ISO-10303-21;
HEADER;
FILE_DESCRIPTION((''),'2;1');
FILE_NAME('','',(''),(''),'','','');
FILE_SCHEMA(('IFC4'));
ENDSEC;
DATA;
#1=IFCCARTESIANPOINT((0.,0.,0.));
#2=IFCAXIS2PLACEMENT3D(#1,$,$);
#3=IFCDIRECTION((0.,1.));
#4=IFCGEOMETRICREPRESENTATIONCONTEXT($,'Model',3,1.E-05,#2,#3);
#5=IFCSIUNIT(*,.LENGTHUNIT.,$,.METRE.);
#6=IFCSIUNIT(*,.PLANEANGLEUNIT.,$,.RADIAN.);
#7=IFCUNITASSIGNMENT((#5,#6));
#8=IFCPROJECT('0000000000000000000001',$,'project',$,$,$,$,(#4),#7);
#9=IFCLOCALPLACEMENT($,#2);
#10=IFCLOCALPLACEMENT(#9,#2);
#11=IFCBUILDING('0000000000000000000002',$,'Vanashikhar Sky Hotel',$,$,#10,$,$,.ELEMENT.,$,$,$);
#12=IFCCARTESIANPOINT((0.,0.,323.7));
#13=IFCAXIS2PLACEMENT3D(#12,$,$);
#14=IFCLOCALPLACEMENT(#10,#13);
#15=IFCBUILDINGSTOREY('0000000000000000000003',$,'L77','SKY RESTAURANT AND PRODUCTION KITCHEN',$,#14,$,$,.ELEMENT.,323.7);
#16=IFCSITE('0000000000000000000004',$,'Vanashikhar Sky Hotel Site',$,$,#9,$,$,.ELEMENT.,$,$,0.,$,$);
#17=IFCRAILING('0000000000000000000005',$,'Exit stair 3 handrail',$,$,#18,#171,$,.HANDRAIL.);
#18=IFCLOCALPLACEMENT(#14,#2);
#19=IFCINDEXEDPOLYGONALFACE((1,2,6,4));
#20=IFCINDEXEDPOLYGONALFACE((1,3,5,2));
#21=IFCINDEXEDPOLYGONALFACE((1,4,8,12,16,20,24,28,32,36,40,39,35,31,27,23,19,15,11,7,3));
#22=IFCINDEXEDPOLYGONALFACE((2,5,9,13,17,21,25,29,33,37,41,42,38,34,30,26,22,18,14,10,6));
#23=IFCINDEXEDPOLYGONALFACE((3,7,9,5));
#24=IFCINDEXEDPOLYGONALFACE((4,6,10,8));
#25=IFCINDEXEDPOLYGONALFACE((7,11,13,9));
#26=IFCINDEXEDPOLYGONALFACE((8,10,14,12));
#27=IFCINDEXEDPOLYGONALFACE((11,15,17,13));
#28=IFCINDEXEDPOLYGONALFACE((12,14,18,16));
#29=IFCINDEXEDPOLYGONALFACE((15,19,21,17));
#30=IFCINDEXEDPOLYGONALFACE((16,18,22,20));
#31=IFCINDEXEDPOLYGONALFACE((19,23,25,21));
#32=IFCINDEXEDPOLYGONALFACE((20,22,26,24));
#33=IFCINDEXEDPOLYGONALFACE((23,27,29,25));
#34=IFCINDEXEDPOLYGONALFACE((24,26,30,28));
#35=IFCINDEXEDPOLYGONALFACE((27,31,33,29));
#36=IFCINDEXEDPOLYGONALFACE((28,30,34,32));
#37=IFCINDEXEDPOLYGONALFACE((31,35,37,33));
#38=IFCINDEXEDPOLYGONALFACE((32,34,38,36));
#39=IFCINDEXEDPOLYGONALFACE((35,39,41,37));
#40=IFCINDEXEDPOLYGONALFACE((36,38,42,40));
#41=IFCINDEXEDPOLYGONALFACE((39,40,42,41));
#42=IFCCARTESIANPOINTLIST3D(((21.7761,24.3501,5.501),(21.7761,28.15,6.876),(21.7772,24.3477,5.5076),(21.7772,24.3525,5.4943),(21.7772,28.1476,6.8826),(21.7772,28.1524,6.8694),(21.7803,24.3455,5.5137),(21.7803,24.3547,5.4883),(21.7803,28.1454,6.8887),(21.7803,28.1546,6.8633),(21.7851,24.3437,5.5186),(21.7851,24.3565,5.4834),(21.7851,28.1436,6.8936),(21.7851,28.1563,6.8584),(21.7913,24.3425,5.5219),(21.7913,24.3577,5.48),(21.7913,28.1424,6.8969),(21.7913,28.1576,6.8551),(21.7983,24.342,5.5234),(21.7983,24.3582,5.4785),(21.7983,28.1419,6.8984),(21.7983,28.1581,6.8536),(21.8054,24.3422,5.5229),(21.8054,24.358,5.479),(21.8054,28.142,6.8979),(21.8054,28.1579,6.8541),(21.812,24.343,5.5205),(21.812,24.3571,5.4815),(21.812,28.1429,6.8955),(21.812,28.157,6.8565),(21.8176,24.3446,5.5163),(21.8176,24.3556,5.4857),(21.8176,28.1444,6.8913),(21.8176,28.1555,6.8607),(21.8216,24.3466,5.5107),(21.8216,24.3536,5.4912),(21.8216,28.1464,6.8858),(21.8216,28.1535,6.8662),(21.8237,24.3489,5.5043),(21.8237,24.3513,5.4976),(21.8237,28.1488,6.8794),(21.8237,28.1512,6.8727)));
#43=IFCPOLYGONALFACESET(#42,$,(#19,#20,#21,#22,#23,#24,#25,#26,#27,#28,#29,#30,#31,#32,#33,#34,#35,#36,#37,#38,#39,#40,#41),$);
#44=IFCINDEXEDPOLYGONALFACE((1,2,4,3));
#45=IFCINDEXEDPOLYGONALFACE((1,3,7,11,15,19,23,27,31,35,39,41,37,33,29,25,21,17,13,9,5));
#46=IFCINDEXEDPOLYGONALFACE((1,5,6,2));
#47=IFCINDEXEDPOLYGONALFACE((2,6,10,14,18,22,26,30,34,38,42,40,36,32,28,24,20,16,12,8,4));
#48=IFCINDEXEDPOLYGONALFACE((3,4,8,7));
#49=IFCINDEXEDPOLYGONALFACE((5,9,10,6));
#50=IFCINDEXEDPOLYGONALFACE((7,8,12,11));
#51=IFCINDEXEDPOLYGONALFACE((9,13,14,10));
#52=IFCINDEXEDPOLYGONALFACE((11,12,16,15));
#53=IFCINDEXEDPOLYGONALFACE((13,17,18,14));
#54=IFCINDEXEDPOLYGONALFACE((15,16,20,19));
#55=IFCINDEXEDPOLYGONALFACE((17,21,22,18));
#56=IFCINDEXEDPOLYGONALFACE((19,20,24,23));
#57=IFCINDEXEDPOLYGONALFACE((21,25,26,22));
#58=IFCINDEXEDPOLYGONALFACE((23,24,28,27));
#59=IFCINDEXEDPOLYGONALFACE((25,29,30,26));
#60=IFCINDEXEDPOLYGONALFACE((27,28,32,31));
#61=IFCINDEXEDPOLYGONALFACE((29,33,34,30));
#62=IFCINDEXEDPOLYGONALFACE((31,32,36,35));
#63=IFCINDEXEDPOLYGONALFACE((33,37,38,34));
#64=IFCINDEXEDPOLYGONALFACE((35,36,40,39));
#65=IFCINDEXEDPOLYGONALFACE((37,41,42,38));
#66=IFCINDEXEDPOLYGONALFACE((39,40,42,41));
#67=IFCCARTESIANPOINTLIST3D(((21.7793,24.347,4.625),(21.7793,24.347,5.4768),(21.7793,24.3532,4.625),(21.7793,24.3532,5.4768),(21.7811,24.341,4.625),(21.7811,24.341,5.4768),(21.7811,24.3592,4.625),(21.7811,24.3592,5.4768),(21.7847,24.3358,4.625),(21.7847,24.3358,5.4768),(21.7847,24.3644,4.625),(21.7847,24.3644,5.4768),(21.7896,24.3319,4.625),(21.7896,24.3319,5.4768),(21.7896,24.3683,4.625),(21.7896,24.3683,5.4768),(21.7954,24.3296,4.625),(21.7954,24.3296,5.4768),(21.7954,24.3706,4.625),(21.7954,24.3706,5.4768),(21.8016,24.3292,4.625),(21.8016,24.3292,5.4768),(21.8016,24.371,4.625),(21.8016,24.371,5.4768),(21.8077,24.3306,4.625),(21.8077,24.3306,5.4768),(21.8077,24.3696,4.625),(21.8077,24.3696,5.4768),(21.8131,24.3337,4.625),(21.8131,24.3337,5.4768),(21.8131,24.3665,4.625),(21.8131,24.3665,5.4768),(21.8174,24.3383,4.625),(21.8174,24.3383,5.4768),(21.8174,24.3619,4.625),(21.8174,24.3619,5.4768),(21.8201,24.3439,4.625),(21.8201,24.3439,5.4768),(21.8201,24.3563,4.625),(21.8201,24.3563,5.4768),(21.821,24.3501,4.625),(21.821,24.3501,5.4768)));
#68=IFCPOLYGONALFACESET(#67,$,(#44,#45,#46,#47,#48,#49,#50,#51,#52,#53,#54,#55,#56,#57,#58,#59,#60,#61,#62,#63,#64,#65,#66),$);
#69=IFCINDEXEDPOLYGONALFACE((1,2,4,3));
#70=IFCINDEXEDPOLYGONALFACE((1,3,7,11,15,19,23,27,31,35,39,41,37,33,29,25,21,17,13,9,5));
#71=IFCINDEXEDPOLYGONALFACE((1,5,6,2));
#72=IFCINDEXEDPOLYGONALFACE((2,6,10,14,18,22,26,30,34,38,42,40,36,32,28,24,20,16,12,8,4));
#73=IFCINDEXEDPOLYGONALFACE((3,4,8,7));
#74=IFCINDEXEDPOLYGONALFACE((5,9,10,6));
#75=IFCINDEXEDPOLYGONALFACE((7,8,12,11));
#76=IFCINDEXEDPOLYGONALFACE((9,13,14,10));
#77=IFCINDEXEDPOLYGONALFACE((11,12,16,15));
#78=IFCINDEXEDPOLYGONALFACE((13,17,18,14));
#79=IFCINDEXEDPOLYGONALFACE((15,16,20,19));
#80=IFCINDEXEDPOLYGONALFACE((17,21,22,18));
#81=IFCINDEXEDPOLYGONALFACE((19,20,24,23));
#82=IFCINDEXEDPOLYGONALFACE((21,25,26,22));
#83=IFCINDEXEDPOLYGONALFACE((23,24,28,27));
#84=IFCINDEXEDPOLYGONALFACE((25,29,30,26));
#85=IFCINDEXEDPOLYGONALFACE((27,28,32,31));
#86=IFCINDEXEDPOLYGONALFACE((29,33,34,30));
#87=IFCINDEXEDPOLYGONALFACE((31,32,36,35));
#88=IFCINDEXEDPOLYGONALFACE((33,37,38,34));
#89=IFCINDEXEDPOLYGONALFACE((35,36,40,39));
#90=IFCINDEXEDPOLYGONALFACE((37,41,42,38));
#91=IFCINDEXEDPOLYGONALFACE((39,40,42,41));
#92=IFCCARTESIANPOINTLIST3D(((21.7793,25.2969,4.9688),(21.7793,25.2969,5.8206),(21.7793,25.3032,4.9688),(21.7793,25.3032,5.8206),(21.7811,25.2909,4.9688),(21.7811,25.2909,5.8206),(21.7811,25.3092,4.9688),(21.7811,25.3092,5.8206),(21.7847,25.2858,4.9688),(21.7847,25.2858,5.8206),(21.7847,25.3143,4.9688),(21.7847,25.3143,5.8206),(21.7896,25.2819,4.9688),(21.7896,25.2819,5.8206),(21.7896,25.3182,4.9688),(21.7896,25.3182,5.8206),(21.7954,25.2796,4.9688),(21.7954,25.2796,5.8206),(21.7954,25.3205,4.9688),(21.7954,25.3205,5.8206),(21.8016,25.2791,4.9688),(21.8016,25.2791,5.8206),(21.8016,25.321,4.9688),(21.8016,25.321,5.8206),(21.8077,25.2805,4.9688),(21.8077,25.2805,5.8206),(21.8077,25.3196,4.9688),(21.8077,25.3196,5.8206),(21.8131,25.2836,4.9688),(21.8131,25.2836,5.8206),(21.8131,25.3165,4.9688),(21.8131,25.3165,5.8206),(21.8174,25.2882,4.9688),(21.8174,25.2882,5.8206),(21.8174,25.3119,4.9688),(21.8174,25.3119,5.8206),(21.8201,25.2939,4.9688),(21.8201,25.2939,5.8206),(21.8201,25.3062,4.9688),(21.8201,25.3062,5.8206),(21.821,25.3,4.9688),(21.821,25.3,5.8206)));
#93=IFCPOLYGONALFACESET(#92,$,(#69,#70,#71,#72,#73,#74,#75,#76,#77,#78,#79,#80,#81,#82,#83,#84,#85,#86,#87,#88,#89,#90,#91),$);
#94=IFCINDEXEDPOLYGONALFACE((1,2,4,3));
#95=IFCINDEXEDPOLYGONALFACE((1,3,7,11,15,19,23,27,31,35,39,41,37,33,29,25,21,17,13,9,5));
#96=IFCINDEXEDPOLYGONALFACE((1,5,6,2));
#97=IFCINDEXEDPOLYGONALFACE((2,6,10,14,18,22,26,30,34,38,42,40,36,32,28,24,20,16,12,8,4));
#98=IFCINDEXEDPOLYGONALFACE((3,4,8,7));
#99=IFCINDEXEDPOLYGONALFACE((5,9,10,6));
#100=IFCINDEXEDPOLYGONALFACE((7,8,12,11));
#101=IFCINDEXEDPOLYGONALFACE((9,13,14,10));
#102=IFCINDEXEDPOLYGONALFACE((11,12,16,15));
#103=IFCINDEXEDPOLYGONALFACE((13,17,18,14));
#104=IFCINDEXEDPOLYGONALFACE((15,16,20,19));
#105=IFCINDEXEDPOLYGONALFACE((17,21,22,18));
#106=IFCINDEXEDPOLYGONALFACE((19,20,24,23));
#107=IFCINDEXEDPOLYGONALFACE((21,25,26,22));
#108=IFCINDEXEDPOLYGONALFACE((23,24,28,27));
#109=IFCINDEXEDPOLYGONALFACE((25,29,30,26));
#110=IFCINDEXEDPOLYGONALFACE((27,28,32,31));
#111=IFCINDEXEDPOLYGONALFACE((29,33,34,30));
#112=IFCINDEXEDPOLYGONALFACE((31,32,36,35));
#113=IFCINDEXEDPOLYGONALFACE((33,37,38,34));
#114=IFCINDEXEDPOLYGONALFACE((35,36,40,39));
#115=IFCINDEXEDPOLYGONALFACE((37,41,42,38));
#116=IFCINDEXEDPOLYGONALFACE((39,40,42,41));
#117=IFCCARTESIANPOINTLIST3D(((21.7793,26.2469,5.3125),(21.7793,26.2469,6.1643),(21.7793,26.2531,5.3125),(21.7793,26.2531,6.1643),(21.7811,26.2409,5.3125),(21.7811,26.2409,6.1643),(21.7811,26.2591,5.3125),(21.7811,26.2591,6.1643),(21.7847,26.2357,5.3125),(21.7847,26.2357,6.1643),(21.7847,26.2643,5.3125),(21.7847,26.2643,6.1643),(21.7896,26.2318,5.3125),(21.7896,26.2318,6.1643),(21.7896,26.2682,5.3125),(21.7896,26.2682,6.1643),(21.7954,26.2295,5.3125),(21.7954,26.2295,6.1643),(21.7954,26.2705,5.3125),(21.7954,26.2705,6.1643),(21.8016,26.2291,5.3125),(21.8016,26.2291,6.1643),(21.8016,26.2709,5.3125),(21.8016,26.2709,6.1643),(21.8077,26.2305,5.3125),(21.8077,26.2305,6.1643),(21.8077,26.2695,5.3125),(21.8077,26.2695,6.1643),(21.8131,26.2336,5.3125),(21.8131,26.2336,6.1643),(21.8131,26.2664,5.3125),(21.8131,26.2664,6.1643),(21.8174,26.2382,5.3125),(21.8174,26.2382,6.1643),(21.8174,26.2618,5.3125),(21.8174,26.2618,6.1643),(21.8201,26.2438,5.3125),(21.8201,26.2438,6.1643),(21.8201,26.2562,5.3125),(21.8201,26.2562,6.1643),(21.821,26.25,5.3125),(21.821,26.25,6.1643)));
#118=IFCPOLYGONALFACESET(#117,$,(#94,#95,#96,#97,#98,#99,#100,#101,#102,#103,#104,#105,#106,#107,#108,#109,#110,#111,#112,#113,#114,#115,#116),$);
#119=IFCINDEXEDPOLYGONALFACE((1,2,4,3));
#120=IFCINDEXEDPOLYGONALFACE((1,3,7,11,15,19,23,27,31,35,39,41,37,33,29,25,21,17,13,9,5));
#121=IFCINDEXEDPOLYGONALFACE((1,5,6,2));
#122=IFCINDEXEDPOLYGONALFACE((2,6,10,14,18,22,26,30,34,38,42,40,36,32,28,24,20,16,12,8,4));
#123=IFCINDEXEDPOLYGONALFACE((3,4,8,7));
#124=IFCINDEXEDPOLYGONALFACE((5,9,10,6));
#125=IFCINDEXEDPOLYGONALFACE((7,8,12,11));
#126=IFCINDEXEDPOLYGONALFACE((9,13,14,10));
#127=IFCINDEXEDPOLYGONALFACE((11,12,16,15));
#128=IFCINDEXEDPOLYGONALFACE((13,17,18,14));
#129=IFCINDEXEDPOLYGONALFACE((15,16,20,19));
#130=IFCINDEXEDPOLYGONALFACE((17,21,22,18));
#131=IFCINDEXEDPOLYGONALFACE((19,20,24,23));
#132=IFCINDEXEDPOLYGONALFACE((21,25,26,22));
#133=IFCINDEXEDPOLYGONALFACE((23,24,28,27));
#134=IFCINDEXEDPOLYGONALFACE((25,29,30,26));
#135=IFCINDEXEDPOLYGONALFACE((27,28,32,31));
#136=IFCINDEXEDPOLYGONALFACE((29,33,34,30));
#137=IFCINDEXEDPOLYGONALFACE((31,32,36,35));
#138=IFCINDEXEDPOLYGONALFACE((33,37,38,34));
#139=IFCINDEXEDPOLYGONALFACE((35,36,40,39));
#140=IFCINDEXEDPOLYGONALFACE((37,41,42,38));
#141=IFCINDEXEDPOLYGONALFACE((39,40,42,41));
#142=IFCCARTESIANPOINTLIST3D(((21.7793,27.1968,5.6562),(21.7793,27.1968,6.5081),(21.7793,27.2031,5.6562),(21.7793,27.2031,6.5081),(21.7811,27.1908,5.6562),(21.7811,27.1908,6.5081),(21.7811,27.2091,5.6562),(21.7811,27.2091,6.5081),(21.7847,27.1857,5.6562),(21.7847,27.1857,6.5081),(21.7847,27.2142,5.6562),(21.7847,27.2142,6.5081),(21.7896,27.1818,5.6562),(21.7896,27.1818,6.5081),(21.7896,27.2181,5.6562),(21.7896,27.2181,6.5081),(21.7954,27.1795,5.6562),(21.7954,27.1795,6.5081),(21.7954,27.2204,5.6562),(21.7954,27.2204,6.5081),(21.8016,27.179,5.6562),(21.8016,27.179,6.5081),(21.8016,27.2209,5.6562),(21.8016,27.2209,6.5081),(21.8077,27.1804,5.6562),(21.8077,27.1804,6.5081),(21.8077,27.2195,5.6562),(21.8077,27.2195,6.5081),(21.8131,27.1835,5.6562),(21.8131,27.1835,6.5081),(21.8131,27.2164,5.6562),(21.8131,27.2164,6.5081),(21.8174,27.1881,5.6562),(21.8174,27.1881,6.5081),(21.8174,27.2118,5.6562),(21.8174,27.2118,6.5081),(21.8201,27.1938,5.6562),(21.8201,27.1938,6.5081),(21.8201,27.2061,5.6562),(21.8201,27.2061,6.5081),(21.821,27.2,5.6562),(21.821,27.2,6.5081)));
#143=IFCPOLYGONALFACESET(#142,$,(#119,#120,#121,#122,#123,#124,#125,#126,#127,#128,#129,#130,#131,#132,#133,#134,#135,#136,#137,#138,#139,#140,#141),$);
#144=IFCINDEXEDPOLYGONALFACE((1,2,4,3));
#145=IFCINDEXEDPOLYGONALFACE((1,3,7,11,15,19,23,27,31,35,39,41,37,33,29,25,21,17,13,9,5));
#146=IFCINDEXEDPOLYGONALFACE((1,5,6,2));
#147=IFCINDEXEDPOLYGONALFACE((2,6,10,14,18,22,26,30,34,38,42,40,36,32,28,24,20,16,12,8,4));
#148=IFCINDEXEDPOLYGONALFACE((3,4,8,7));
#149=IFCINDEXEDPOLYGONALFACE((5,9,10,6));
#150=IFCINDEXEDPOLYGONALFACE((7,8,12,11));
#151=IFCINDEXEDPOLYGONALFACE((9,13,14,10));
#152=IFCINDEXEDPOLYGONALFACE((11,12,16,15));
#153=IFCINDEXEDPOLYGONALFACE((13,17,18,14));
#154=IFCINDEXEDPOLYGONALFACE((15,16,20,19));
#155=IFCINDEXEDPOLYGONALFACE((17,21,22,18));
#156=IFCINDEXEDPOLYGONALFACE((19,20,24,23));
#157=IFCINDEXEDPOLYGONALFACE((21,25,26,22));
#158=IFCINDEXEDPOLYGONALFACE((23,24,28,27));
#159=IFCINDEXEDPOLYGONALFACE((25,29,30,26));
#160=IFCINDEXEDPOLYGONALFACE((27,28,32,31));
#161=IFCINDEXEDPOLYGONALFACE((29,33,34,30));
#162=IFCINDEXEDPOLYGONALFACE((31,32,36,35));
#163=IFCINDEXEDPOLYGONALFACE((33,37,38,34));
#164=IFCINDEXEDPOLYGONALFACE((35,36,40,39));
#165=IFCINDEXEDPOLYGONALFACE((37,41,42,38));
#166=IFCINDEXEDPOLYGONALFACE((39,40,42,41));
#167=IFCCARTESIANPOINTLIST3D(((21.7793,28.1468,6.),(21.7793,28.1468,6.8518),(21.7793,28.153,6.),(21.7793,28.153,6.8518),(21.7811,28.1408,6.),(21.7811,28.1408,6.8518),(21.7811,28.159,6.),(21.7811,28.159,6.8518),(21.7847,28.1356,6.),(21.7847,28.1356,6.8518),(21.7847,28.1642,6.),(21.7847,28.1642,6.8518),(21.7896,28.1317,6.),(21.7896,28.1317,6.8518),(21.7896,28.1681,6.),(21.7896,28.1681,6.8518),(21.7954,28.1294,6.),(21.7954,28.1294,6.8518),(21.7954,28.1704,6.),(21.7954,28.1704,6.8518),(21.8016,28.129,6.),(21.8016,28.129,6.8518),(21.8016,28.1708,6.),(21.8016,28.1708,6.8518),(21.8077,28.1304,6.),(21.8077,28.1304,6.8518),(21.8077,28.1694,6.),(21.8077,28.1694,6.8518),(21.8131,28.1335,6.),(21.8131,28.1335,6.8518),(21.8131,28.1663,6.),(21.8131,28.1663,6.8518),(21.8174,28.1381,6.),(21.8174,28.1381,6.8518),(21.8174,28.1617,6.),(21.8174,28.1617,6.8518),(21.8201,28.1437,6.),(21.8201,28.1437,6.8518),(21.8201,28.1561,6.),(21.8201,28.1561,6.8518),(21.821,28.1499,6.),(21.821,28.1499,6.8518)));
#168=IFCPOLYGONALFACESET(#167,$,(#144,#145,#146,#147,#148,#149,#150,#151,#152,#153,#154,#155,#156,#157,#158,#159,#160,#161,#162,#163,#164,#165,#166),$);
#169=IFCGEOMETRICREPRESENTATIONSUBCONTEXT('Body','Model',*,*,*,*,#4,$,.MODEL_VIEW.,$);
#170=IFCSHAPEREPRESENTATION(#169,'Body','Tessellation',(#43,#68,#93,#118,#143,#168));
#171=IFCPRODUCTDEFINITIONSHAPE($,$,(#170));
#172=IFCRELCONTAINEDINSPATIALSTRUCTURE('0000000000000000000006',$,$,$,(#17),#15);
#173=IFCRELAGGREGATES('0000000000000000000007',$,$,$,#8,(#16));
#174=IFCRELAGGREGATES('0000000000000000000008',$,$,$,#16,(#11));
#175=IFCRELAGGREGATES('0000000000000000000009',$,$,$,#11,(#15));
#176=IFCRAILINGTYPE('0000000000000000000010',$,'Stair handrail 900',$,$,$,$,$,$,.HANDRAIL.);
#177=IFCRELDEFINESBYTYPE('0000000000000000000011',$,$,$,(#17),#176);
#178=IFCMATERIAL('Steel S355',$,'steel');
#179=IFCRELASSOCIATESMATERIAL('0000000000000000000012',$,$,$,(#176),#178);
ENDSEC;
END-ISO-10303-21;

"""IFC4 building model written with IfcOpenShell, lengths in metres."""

from ifc_helpers import new_model, si_unit, direction, frame, origin, origin_2d, place, context, subcontext, project, spatial, circle, extrude, source, transform, mapped, material, type_object, element, save


model = new_model("IFC4")

# Units and contexts
model_context = context("Model", 3, precision=1e-05, world=origin(), true_north=direction((0.0, 1.0)))
body_context = subcontext(model_context, "Body", "Model", "MODEL_VIEW")
ifc_project = project(units=[si_unit("LENGTHUNIT", "METRE"), si_unit("PLANEANGLEUNIT", "RADIAN")], contexts=[model_context])

# Site, building, storey
site_placement = place(None, origin())
site = spatial("IfcSite", under=ifc_project, at=site_placement, Name="Vanashikhar Sky Hotel Site", CompositionType="ELEMENT", RefElevation=0.0)
building_placement = place(site_placement, origin())
building = spatial("IfcBuilding", under=site, at=building_placement, Name="Vanashikhar Sky Hotel", CompositionType="ELEMENT")
storey_placement = place(building_placement, frame((0.0, 0.0, 323.7)))
storey = spatial("IfcBuildingStorey", under=building, at=storey_placement, Name="L77", Description="SKY RESTAURANT AND PRODUCTION KITCHEN", CompositionType="ELEMENT", Elevation=323.7)

# Railing
ifc_material_1 = material(Name="Steel S355", Category="steel")
railing_type = type_object("IfcRailingType", Name="Stair handrail 900", PredefinedType="HANDRAIL", material=ifc_material_1)
shared_shape_1 = source(origin(), body_context, "Body", "SweptSolid", [
    extrude(circle(Radius=0.0239, at=origin_2d()), frame((0.0, 0.0, 0.876), z_axis=(0.0, 0.940329, 0.340268), x_axis=(-1.0, 0.0, 0.0)), (0.0, 0.0, 1.0), 4.041),
    extrude(circle(Radius=0.021, at=origin_2d()), origin(), (0.0, 0.0, 1.0), 0.8518),
    extrude(circle(Radius=0.021, at=origin_2d()), frame((0.0, 0.95, 0.3438)), (0.0, 0.0, 1.0), 0.8518),
    extrude(circle(Radius=0.021, at=origin_2d()), frame((0.0, 1.8999, 0.6875)), (0.0, 0.0, 1.0), 0.8518),
    extrude(circle(Radius=0.021, at=origin_2d()), frame((0.0, 2.8499, 1.0312)), (0.0, 0.0, 1.0), 0.8518),
    extrude(circle(Radius=0.021, at=origin_2d()), frame((0.0, 3.7998, 1.375)), (0.0, 0.0, 1.0), 0.8518),
])
for number, where, name in (
    (1, (21.8, 24.3501, 4.625), "Exit stair 3 handrail"),
):
    element("IfcRailing", number, at=place(storey_placement, frame(where)), inside=storey, type_object=railing_type, Name=name, PredefinedType="HANDRAIL", context=body_context, shape_type="MappedRepresentation", body=[
        mapped(shared_shape_1, transform((0.0, 0.0, 0.0), scale=1.0)),
    ])

save(model, "model.ifc")
